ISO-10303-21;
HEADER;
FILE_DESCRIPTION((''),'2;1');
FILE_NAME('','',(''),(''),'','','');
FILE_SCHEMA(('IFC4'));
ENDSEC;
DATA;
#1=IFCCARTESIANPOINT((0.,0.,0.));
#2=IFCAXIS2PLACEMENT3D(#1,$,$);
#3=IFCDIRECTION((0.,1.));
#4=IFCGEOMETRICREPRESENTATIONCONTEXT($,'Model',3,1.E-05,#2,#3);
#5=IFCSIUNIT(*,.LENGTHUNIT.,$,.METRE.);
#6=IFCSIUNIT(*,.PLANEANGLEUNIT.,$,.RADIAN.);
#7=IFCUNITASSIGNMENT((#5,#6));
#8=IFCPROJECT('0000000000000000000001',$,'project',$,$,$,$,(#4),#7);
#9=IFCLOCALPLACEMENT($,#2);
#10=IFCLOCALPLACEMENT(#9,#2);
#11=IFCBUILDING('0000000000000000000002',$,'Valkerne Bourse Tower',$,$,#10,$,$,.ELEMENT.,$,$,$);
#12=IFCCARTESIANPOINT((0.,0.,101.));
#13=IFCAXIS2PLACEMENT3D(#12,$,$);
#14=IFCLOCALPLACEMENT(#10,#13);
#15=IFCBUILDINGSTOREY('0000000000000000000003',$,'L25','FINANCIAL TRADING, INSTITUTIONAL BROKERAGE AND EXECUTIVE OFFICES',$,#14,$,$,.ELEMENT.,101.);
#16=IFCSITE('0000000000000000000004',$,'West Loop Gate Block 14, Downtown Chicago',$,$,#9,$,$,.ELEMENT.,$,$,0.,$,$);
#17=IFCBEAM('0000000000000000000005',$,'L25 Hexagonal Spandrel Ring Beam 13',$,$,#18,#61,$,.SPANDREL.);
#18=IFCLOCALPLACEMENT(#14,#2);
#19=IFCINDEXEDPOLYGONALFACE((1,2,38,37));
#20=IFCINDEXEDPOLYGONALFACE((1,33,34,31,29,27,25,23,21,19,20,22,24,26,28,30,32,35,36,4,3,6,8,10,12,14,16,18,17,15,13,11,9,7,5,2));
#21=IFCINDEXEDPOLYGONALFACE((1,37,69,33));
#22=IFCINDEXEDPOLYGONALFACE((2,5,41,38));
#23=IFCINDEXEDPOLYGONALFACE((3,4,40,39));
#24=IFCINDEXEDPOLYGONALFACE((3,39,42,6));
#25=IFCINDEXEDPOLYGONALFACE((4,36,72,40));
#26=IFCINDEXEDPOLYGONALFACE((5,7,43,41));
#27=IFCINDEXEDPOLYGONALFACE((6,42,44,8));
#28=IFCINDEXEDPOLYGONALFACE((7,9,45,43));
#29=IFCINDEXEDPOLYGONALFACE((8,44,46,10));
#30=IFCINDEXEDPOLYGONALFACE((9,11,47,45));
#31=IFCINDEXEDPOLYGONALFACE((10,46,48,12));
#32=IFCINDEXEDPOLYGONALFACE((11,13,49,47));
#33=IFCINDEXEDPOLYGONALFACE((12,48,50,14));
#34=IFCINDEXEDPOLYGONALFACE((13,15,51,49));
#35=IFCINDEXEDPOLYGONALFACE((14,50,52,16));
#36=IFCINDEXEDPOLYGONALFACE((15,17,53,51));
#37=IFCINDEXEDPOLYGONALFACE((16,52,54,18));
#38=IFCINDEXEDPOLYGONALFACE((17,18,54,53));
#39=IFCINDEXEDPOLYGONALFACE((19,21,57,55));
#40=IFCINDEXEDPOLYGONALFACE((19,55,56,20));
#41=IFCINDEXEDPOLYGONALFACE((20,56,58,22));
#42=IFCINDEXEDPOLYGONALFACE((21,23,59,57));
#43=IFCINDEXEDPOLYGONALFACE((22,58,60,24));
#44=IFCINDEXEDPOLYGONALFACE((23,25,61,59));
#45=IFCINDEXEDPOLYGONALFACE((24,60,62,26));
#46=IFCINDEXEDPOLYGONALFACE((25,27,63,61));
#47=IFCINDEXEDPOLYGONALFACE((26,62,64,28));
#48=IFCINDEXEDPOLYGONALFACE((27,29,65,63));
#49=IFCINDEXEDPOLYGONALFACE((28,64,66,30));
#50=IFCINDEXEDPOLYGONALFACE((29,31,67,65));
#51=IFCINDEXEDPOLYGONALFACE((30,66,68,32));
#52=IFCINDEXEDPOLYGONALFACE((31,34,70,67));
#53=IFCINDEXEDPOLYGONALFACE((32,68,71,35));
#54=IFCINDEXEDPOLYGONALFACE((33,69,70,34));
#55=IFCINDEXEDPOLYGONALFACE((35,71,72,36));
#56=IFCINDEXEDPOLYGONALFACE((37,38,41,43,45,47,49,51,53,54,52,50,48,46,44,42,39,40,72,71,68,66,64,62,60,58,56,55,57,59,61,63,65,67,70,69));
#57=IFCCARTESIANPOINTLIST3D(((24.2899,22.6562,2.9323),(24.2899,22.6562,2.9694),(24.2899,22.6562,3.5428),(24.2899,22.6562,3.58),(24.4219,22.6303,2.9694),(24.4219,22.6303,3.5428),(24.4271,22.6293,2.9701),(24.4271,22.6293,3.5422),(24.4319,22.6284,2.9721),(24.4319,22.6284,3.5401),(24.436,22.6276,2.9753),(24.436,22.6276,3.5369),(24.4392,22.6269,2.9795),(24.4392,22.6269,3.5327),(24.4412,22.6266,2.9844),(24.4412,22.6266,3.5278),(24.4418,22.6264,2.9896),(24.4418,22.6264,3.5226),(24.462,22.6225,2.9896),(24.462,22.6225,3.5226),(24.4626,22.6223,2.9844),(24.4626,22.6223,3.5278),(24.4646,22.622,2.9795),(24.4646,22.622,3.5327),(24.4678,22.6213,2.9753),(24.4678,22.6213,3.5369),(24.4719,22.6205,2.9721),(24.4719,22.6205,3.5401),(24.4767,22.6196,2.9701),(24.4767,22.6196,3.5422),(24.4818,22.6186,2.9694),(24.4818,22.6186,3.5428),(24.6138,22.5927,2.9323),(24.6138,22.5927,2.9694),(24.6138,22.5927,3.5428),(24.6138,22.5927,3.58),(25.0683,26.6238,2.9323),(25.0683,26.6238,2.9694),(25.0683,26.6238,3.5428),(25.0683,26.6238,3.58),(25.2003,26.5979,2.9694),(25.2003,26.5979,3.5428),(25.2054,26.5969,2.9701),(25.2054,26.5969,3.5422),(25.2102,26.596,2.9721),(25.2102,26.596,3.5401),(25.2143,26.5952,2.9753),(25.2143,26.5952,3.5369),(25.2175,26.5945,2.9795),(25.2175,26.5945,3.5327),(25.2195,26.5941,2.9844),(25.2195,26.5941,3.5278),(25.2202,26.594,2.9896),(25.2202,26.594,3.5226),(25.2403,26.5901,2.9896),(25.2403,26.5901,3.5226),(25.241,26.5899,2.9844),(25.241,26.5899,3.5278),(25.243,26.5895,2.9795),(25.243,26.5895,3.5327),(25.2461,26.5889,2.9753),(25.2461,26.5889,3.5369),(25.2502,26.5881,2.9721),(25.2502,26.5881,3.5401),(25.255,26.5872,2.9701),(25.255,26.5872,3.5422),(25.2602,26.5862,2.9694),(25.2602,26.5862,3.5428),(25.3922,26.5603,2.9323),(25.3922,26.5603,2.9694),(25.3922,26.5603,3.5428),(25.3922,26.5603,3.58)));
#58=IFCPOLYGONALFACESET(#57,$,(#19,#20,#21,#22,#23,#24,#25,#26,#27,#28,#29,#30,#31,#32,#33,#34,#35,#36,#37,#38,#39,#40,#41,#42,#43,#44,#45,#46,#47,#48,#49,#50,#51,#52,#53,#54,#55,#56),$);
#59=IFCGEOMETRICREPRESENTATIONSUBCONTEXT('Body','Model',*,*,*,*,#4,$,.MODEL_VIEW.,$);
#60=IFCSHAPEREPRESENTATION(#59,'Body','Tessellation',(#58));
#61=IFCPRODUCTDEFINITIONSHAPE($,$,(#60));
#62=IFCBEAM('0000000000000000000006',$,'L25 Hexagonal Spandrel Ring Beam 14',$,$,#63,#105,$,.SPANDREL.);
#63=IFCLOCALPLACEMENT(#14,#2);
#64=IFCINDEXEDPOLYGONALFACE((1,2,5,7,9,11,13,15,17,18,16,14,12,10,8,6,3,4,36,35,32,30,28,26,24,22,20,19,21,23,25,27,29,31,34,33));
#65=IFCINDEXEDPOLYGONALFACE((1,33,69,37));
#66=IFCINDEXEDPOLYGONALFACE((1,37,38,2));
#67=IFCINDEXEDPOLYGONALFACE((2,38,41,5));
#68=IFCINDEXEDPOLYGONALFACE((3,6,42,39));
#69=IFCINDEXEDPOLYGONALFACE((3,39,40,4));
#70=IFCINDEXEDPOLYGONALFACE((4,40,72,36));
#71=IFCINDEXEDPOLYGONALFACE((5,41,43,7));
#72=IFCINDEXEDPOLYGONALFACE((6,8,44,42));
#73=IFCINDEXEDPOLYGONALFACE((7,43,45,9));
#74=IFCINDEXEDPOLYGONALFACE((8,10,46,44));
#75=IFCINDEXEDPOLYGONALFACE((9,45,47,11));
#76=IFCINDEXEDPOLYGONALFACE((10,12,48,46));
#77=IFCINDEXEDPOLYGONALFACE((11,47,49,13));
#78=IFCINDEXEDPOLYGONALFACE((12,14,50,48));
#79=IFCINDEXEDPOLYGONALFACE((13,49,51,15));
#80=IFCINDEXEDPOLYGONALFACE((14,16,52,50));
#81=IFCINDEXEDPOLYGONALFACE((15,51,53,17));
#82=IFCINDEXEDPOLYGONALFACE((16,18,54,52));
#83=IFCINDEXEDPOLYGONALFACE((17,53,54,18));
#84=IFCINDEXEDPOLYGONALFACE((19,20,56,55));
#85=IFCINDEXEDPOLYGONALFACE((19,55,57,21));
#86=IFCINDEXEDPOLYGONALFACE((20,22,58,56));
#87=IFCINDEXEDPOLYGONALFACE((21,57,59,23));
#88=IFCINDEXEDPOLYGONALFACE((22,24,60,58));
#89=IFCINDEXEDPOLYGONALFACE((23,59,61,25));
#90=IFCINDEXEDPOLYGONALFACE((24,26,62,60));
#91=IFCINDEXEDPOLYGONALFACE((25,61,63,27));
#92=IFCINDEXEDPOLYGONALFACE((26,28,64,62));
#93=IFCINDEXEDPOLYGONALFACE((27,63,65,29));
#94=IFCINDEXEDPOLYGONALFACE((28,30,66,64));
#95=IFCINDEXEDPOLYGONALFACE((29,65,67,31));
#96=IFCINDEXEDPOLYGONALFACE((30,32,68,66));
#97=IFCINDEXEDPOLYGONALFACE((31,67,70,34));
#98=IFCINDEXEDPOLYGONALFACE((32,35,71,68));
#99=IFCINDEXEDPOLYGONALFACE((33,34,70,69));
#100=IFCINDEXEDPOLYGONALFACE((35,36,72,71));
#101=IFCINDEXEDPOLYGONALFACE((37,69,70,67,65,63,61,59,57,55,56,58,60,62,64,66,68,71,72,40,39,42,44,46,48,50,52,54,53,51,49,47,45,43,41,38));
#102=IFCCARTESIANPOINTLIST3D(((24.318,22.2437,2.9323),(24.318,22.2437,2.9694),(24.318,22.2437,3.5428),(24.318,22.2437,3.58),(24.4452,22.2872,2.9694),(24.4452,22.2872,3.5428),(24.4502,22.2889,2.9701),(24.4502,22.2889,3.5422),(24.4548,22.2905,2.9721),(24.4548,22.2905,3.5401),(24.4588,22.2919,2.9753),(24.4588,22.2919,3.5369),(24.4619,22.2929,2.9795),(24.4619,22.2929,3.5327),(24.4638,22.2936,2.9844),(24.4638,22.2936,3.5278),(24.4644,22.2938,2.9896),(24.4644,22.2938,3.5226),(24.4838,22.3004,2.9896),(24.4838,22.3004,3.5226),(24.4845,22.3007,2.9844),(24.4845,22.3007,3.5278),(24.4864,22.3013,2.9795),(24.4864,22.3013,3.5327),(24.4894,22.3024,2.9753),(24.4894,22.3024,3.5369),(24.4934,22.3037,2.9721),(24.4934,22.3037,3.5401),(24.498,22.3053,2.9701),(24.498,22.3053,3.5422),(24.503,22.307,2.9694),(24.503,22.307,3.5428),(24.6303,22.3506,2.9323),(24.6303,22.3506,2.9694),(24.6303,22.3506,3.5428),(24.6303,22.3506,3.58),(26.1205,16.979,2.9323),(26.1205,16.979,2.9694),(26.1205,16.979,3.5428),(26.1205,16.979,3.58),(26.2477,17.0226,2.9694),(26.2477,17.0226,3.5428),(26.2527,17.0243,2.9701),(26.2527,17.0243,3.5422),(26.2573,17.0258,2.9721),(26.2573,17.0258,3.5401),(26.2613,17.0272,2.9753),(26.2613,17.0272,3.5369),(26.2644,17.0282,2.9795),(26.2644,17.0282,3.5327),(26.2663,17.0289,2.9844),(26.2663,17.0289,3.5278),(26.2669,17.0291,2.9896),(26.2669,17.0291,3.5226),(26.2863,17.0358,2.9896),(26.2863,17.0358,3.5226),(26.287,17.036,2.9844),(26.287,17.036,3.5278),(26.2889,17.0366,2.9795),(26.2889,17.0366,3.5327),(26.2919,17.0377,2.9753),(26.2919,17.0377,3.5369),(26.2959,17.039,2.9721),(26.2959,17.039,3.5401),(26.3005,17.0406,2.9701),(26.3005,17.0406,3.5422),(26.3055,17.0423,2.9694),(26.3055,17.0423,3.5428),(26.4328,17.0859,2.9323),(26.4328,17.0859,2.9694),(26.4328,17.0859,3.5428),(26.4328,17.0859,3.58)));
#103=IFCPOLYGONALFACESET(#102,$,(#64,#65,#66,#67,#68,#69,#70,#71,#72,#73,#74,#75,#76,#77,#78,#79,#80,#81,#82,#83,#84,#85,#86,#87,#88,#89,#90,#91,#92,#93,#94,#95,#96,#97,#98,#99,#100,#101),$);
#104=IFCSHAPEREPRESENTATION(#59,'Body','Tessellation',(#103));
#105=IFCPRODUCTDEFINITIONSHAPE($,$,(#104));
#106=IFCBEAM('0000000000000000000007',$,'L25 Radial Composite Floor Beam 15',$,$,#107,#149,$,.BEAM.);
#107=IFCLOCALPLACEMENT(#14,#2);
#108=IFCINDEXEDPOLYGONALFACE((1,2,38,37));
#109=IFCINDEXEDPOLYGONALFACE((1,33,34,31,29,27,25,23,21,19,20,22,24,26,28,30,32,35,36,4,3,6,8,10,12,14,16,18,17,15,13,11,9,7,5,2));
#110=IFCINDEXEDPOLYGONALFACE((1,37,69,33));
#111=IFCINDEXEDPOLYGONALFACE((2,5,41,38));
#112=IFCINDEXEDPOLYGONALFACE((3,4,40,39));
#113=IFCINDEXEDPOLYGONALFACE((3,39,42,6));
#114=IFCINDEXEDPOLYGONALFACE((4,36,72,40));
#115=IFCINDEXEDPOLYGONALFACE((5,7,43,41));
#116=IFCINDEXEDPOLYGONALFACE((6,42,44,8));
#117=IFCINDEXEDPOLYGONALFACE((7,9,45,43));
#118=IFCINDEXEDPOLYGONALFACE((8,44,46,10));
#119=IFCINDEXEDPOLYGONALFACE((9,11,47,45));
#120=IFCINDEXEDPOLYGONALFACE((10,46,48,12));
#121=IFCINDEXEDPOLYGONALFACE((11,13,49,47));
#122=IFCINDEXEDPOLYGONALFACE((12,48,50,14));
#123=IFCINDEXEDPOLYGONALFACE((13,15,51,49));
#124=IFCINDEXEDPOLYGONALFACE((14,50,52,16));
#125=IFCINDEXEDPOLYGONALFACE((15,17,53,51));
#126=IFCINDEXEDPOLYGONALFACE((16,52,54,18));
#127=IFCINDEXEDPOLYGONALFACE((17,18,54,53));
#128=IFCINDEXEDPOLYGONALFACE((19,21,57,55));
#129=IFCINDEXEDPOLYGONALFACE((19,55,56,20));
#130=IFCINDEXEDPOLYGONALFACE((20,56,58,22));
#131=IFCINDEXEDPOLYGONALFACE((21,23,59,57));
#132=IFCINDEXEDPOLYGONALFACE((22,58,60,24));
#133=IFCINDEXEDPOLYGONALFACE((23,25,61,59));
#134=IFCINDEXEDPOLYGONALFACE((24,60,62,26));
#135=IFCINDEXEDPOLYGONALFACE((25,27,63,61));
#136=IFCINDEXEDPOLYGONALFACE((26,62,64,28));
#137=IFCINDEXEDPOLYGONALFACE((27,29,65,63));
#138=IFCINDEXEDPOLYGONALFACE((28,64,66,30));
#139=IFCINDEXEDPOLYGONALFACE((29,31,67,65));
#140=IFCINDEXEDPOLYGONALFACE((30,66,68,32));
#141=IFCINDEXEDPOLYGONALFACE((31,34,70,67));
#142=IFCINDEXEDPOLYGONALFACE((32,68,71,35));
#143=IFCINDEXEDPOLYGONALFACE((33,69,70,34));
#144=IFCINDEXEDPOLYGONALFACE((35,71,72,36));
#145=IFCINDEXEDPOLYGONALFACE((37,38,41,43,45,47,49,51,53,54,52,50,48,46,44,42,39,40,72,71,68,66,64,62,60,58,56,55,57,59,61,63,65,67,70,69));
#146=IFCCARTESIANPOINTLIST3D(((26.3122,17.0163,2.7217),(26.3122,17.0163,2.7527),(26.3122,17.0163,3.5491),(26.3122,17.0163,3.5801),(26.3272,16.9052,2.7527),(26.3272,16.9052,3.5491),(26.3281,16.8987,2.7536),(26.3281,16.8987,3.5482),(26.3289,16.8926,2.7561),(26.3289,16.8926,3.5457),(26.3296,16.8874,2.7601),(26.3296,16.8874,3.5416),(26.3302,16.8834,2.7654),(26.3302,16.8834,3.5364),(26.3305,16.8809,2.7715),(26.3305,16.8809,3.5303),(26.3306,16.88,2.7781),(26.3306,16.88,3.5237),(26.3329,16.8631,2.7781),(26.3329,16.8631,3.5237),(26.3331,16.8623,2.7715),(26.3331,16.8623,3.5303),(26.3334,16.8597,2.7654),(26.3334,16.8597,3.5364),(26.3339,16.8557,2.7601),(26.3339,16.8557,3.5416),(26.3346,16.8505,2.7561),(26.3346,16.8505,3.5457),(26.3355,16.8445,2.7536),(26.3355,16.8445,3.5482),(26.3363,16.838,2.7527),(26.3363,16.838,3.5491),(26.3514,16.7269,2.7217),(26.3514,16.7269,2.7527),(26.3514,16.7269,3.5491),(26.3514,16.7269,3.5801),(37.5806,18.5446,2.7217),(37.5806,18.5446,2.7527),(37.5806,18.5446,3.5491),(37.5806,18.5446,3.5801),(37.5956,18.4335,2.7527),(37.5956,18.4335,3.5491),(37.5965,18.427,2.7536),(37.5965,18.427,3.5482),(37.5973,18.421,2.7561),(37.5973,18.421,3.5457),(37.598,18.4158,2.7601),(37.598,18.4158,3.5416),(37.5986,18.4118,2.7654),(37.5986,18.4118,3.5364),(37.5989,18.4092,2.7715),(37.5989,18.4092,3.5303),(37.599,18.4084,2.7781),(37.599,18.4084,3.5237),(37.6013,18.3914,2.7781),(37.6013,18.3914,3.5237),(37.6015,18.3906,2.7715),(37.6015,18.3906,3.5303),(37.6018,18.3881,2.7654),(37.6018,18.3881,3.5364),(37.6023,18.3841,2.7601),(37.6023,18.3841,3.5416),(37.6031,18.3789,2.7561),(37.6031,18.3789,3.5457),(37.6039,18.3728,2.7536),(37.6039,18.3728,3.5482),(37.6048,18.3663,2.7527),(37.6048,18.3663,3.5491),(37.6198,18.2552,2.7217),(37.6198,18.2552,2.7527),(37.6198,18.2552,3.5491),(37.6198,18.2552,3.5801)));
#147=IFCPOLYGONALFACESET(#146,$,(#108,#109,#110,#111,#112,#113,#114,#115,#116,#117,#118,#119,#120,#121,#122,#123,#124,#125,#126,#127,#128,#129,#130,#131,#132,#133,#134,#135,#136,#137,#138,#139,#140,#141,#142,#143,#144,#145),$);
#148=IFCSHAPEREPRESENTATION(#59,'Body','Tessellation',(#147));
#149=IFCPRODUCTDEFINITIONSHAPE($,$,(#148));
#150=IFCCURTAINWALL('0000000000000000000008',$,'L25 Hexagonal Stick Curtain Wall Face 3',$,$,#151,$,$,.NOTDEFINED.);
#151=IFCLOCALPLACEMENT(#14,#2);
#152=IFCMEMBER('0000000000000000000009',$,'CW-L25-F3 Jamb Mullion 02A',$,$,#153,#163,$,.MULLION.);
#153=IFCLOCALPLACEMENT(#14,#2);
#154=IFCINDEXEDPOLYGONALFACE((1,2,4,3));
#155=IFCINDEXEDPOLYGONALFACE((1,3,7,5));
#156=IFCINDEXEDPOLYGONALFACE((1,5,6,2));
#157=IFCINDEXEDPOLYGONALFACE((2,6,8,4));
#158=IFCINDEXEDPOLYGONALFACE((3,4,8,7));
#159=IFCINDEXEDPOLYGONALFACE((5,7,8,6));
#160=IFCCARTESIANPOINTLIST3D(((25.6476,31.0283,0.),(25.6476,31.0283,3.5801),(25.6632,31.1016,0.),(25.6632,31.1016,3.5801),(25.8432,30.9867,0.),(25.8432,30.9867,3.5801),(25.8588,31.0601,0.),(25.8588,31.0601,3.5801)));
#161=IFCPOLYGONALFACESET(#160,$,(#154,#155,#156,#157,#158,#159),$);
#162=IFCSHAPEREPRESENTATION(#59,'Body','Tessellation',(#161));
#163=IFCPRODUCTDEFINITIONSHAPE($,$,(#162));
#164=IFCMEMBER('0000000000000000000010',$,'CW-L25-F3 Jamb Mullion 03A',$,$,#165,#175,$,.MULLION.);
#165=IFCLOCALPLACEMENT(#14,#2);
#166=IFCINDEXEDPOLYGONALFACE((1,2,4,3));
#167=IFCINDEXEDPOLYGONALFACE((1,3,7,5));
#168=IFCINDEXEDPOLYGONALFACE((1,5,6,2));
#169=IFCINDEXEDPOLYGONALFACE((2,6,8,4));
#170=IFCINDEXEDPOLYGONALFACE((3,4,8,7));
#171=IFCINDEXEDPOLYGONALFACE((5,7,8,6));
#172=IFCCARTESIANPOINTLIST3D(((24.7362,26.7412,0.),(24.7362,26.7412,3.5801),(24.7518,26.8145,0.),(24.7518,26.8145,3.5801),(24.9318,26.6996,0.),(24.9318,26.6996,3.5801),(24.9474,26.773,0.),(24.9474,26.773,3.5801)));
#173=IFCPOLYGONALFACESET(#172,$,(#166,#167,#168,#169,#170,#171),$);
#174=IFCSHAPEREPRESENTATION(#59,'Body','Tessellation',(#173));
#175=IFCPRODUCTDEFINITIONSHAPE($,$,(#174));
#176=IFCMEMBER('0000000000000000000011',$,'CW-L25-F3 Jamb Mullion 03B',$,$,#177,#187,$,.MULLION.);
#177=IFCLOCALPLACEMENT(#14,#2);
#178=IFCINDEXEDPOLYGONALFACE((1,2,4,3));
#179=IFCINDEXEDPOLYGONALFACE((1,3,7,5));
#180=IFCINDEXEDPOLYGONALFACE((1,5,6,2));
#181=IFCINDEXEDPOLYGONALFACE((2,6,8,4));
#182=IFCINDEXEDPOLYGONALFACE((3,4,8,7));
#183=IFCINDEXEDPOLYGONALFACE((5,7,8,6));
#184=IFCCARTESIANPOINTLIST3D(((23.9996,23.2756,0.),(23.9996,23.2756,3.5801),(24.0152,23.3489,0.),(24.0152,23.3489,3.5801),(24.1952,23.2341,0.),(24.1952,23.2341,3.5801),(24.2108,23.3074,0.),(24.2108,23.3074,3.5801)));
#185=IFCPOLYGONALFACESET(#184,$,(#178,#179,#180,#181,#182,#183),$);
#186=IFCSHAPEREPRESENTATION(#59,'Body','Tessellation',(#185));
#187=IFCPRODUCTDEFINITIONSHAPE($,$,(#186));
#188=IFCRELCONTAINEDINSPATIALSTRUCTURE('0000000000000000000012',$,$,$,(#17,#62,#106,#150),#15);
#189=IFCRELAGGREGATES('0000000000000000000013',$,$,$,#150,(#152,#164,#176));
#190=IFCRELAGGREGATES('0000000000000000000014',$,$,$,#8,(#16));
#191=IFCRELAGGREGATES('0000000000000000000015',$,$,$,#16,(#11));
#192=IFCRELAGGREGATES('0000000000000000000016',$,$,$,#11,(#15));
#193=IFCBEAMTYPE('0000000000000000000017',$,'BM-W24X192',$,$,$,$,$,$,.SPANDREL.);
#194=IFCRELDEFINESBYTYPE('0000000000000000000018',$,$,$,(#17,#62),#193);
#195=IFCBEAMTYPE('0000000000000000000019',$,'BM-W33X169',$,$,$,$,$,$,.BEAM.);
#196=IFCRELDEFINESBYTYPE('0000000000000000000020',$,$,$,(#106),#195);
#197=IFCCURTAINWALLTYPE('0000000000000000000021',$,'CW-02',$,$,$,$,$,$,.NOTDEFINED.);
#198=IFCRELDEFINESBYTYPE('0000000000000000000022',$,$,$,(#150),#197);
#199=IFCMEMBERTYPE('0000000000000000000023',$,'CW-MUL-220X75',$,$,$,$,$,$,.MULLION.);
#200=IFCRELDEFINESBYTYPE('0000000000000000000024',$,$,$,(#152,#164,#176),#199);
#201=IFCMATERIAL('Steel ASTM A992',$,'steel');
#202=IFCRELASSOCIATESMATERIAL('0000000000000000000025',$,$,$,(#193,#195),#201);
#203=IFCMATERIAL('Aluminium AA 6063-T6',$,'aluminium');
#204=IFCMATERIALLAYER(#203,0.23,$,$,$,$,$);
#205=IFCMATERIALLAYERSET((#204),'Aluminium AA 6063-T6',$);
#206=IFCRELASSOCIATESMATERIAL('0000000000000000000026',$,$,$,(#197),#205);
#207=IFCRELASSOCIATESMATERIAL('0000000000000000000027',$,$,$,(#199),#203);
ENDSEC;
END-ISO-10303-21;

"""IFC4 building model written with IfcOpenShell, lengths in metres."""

from ifc_helpers import new_model, si_unit, direction, frame, origin, origin_2d, place, context, subcontext, project, spatial, rectangle, i_section, extrude, material, layer, layer_set, material_profile, profile_set, type_object, element, aggregate, save


model = new_model("IFC4")

# Units and contexts
model_context = context("Model", 3, precision=1e-05, world=origin(), true_north=direction((0.0, 1.0)))
body_context = subcontext(model_context, "Body", "Model", "MODEL_VIEW")
ifc_project = project(units=[si_unit("LENGTHUNIT", "METRE"), si_unit("PLANEANGLEUNIT", "RADIAN")], contexts=[model_context])

# Site, building, storey
site_placement = place(None, origin())
site = spatial("IfcSite", under=ifc_project, at=site_placement, Name="West Loop Gate Block 14, Downtown Chicago", CompositionType="ELEMENT", RefElevation=0.0)
building_placement = place(site_placement, origin())
building = spatial("IfcBuilding", under=site, at=building_placement, Name="Valkerne Bourse Tower", CompositionType="ELEMENT")
storey_placement = place(building_placement, frame((0.0, 0.0, 101.0)))
storey = spatial("IfcBuildingStorey", under=building, at=storey_placement, Name="L25", Description="FINANCIAL TRADING, INSTITUTIONAL BROKERAGE AND EXECUTIVE OFFICES", CompositionType="ELEMENT", Elevation=101.0)

# Beams
ifc_material_1 = material(Name="Steel ASTM A992", Category="steel")
ifc_material_profile_1 = material_profile(ifc_material_1, i_section(OverallWidth=0.3301, OverallDepth=0.6477, WebThickness=0.0205, FlangeThickness=0.0371, FilletRadius=0.0203, at=origin_2d()), Name="W24X192")
ifc_profile_set_1 = profile_set([ifc_material_profile_1], Name="Steel ASTM A992")
beam_type_1 = type_object("IfcBeamType", Name="BM-W24X192", PredefinedType="SPANDREL", material=ifc_profile_set_1)
for number, where, z_axis, x_axis, name in (
    (1, (25.2302, 26.592, 3.2561), (-0.192503, -0.981296, 0.0), (0.981296, -0.192503, 0.0), "L25 Hexagonal Spandrel Ring Beam 13"),
):
    element("IfcBeam", number, at=place(storey_placement, frame(where, z_axis=z_axis, x_axis=x_axis)), inside=storey, type_object=beam_type_1, Name=name, PredefinedType="SPANDREL", context=body_context, shape_type="SweptSolid", body=[
        extrude(i_section(OverallWidth=0.3301, OverallDepth=0.6477, WebThickness=0.0205, FlangeThickness=0.0371, FilletRadius=0.0203, at=origin_2d()), origin(), (0.0, 0.0, 1.0), 4.0432),
    ])
beam_1_placement = place(storey_placement, frame((24.4741, 22.2971, 3.2561), z_axis=(0.323917, -0.946085, 0.0), x_axis=(0.946085, 0.323917, 0.0)))
element("IfcBeam", 2, at=beam_1_placement, inside=storey, type_object=beam_type_1, Name="L25 Hexagonal Spandrel Ring Beam 14", PredefinedType="SPANDREL", context=body_context, shape_type="SweptSolid", body=[
    extrude(i_section(OverallWidth=0.3301, OverallDepth=0.6477, WebThickness=0.0205, FlangeThickness=0.0371, FilletRadius=0.0203, at=origin_2d()), origin(), (0.0, 0.0, 1.0), 5.5647),
])
ifc_material_profile_2 = material_profile(ifc_material_1, i_section(OverallWidth=0.292, OverallDepth=0.8584, WebThickness=0.0171, FlangeThickness=0.031, FilletRadius=0.0254, at=origin_2d()), Name="W33X169")
ifc_profile_set_2 = profile_set([ifc_material_profile_2], Name="Steel ASTM A992")
beam_type_2 = type_object("IfcBeamType", Name="BM-W33X169", PredefinedType="BEAM", material=ifc_profile_set_2)
beam_2_placement = place(storey_placement, frame((26.3318, 16.8716, 3.1509), z_axis=(0.990927, 0.134399, 0.0), x_axis=(-0.134399, 0.990927, 0.0)))
element("IfcBeam", 3, at=beam_2_placement, inside=storey, type_object=beam_type_2, Name="L25 Radial Composite Floor Beam 15", PredefinedType="BEAM", context=body_context, shape_type="SweptSolid", body=[
    extrude(i_section(OverallWidth=0.292, OverallDepth=0.8584, WebThickness=0.0171, FlangeThickness=0.031, FilletRadius=0.0254, at=origin_2d()), origin(), (0.0, 0.0, 1.0), 11.3716),
])

# Curtain wall, members
ifc_material_2 = material(Name="Aluminium AA 6063-T6", Category="aluminium")
ifc_layer_1 = layer(ifc_material_2, 0.23)
ifc_layer_set_1 = layer_set([ifc_layer_1], Name="Aluminium AA 6063-T6")
curtain_wall_type = type_object("IfcCurtainWallType", Name="CW-02", PredefinedType="NOTDEFINED", material=ifc_layer_set_1)
curtain_wall_1_placement = place(storey_placement, origin())
curtain_wall_1 = element("IfcCurtainWall", 4, at=curtain_wall_1_placement, inside=storey, type_object=curtain_wall_type, Name="L25 Hexagonal Stick Curtain Wall Face 3", PredefinedType="NOTDEFINED")
ifc_material_profile_3 = material_profile(ifc_material_2, rectangle(XDim=0.075, YDim=0.2, at=origin_2d()), Name="CWM-75X200")
ifc_profile_set_3 = profile_set([ifc_material_profile_3], Name="Aluminium AA 6063-T6")
member_type_1 = type_object("IfcMemberType", Name="CW-MUL-220X75", PredefinedType="MULLION", material=ifc_profile_set_3)
member_1_placement = place(storey_placement, frame((25.7532, 31.0442, 0.0), z_axis=(0.0, 0.0, 1.0), x_axis=(-0.207918, -0.978146, 0.0)))
member_1 = element("IfcMember", 5, at=member_1_placement, type_object=member_type_1, Name="CW-L25-F3 Jamb Mullion 02A", PredefinedType="MULLION", context=body_context, shape_type="SweptSolid", body=[
    extrude(rectangle(XDim=0.075, YDim=0.2, at=origin_2d()), origin(), (0.0, 0.0, 1.0), 3.5801),
])
member_2_placement = place(storey_placement, frame((24.8418, 26.7571, 0.0), z_axis=(0.0, 0.0, 1.0), x_axis=(-0.207913, -0.978147, 0.0)))
member_2 = element("IfcMember", 6, at=member_2_placement, type_object=member_type_1, Name="CW-L25-F3 Jamb Mullion 03A", PredefinedType="MULLION", context=body_context, shape_type="SweptSolid", body=[
    extrude(rectangle(XDim=0.075, YDim=0.2, at=origin_2d()), origin(), (0.0, 0.0, 1.0), 3.5801),
])
member_3_placement = place(storey_placement, frame((24.1052, 23.2915, 0.0), z_axis=(0.0, 0.0, 1.0), x_axis=(-0.207913, -0.978147, 0.0)))
member_3 = element("IfcMember", 7, at=member_3_placement, type_object=member_type_1, Name="CW-L25-F3 Jamb Mullion 03B", PredefinedType="MULLION", context=body_context, shape_type="SweptSolid", body=[
    extrude(rectangle(XDim=0.075, YDim=0.2, at=origin_2d()), origin(), (0.0, 0.0, 1.0), 3.5801),
])

aggregate(curtain_wall_1, [member_1, member_2, member_3])

save(model, "model.ifc")
